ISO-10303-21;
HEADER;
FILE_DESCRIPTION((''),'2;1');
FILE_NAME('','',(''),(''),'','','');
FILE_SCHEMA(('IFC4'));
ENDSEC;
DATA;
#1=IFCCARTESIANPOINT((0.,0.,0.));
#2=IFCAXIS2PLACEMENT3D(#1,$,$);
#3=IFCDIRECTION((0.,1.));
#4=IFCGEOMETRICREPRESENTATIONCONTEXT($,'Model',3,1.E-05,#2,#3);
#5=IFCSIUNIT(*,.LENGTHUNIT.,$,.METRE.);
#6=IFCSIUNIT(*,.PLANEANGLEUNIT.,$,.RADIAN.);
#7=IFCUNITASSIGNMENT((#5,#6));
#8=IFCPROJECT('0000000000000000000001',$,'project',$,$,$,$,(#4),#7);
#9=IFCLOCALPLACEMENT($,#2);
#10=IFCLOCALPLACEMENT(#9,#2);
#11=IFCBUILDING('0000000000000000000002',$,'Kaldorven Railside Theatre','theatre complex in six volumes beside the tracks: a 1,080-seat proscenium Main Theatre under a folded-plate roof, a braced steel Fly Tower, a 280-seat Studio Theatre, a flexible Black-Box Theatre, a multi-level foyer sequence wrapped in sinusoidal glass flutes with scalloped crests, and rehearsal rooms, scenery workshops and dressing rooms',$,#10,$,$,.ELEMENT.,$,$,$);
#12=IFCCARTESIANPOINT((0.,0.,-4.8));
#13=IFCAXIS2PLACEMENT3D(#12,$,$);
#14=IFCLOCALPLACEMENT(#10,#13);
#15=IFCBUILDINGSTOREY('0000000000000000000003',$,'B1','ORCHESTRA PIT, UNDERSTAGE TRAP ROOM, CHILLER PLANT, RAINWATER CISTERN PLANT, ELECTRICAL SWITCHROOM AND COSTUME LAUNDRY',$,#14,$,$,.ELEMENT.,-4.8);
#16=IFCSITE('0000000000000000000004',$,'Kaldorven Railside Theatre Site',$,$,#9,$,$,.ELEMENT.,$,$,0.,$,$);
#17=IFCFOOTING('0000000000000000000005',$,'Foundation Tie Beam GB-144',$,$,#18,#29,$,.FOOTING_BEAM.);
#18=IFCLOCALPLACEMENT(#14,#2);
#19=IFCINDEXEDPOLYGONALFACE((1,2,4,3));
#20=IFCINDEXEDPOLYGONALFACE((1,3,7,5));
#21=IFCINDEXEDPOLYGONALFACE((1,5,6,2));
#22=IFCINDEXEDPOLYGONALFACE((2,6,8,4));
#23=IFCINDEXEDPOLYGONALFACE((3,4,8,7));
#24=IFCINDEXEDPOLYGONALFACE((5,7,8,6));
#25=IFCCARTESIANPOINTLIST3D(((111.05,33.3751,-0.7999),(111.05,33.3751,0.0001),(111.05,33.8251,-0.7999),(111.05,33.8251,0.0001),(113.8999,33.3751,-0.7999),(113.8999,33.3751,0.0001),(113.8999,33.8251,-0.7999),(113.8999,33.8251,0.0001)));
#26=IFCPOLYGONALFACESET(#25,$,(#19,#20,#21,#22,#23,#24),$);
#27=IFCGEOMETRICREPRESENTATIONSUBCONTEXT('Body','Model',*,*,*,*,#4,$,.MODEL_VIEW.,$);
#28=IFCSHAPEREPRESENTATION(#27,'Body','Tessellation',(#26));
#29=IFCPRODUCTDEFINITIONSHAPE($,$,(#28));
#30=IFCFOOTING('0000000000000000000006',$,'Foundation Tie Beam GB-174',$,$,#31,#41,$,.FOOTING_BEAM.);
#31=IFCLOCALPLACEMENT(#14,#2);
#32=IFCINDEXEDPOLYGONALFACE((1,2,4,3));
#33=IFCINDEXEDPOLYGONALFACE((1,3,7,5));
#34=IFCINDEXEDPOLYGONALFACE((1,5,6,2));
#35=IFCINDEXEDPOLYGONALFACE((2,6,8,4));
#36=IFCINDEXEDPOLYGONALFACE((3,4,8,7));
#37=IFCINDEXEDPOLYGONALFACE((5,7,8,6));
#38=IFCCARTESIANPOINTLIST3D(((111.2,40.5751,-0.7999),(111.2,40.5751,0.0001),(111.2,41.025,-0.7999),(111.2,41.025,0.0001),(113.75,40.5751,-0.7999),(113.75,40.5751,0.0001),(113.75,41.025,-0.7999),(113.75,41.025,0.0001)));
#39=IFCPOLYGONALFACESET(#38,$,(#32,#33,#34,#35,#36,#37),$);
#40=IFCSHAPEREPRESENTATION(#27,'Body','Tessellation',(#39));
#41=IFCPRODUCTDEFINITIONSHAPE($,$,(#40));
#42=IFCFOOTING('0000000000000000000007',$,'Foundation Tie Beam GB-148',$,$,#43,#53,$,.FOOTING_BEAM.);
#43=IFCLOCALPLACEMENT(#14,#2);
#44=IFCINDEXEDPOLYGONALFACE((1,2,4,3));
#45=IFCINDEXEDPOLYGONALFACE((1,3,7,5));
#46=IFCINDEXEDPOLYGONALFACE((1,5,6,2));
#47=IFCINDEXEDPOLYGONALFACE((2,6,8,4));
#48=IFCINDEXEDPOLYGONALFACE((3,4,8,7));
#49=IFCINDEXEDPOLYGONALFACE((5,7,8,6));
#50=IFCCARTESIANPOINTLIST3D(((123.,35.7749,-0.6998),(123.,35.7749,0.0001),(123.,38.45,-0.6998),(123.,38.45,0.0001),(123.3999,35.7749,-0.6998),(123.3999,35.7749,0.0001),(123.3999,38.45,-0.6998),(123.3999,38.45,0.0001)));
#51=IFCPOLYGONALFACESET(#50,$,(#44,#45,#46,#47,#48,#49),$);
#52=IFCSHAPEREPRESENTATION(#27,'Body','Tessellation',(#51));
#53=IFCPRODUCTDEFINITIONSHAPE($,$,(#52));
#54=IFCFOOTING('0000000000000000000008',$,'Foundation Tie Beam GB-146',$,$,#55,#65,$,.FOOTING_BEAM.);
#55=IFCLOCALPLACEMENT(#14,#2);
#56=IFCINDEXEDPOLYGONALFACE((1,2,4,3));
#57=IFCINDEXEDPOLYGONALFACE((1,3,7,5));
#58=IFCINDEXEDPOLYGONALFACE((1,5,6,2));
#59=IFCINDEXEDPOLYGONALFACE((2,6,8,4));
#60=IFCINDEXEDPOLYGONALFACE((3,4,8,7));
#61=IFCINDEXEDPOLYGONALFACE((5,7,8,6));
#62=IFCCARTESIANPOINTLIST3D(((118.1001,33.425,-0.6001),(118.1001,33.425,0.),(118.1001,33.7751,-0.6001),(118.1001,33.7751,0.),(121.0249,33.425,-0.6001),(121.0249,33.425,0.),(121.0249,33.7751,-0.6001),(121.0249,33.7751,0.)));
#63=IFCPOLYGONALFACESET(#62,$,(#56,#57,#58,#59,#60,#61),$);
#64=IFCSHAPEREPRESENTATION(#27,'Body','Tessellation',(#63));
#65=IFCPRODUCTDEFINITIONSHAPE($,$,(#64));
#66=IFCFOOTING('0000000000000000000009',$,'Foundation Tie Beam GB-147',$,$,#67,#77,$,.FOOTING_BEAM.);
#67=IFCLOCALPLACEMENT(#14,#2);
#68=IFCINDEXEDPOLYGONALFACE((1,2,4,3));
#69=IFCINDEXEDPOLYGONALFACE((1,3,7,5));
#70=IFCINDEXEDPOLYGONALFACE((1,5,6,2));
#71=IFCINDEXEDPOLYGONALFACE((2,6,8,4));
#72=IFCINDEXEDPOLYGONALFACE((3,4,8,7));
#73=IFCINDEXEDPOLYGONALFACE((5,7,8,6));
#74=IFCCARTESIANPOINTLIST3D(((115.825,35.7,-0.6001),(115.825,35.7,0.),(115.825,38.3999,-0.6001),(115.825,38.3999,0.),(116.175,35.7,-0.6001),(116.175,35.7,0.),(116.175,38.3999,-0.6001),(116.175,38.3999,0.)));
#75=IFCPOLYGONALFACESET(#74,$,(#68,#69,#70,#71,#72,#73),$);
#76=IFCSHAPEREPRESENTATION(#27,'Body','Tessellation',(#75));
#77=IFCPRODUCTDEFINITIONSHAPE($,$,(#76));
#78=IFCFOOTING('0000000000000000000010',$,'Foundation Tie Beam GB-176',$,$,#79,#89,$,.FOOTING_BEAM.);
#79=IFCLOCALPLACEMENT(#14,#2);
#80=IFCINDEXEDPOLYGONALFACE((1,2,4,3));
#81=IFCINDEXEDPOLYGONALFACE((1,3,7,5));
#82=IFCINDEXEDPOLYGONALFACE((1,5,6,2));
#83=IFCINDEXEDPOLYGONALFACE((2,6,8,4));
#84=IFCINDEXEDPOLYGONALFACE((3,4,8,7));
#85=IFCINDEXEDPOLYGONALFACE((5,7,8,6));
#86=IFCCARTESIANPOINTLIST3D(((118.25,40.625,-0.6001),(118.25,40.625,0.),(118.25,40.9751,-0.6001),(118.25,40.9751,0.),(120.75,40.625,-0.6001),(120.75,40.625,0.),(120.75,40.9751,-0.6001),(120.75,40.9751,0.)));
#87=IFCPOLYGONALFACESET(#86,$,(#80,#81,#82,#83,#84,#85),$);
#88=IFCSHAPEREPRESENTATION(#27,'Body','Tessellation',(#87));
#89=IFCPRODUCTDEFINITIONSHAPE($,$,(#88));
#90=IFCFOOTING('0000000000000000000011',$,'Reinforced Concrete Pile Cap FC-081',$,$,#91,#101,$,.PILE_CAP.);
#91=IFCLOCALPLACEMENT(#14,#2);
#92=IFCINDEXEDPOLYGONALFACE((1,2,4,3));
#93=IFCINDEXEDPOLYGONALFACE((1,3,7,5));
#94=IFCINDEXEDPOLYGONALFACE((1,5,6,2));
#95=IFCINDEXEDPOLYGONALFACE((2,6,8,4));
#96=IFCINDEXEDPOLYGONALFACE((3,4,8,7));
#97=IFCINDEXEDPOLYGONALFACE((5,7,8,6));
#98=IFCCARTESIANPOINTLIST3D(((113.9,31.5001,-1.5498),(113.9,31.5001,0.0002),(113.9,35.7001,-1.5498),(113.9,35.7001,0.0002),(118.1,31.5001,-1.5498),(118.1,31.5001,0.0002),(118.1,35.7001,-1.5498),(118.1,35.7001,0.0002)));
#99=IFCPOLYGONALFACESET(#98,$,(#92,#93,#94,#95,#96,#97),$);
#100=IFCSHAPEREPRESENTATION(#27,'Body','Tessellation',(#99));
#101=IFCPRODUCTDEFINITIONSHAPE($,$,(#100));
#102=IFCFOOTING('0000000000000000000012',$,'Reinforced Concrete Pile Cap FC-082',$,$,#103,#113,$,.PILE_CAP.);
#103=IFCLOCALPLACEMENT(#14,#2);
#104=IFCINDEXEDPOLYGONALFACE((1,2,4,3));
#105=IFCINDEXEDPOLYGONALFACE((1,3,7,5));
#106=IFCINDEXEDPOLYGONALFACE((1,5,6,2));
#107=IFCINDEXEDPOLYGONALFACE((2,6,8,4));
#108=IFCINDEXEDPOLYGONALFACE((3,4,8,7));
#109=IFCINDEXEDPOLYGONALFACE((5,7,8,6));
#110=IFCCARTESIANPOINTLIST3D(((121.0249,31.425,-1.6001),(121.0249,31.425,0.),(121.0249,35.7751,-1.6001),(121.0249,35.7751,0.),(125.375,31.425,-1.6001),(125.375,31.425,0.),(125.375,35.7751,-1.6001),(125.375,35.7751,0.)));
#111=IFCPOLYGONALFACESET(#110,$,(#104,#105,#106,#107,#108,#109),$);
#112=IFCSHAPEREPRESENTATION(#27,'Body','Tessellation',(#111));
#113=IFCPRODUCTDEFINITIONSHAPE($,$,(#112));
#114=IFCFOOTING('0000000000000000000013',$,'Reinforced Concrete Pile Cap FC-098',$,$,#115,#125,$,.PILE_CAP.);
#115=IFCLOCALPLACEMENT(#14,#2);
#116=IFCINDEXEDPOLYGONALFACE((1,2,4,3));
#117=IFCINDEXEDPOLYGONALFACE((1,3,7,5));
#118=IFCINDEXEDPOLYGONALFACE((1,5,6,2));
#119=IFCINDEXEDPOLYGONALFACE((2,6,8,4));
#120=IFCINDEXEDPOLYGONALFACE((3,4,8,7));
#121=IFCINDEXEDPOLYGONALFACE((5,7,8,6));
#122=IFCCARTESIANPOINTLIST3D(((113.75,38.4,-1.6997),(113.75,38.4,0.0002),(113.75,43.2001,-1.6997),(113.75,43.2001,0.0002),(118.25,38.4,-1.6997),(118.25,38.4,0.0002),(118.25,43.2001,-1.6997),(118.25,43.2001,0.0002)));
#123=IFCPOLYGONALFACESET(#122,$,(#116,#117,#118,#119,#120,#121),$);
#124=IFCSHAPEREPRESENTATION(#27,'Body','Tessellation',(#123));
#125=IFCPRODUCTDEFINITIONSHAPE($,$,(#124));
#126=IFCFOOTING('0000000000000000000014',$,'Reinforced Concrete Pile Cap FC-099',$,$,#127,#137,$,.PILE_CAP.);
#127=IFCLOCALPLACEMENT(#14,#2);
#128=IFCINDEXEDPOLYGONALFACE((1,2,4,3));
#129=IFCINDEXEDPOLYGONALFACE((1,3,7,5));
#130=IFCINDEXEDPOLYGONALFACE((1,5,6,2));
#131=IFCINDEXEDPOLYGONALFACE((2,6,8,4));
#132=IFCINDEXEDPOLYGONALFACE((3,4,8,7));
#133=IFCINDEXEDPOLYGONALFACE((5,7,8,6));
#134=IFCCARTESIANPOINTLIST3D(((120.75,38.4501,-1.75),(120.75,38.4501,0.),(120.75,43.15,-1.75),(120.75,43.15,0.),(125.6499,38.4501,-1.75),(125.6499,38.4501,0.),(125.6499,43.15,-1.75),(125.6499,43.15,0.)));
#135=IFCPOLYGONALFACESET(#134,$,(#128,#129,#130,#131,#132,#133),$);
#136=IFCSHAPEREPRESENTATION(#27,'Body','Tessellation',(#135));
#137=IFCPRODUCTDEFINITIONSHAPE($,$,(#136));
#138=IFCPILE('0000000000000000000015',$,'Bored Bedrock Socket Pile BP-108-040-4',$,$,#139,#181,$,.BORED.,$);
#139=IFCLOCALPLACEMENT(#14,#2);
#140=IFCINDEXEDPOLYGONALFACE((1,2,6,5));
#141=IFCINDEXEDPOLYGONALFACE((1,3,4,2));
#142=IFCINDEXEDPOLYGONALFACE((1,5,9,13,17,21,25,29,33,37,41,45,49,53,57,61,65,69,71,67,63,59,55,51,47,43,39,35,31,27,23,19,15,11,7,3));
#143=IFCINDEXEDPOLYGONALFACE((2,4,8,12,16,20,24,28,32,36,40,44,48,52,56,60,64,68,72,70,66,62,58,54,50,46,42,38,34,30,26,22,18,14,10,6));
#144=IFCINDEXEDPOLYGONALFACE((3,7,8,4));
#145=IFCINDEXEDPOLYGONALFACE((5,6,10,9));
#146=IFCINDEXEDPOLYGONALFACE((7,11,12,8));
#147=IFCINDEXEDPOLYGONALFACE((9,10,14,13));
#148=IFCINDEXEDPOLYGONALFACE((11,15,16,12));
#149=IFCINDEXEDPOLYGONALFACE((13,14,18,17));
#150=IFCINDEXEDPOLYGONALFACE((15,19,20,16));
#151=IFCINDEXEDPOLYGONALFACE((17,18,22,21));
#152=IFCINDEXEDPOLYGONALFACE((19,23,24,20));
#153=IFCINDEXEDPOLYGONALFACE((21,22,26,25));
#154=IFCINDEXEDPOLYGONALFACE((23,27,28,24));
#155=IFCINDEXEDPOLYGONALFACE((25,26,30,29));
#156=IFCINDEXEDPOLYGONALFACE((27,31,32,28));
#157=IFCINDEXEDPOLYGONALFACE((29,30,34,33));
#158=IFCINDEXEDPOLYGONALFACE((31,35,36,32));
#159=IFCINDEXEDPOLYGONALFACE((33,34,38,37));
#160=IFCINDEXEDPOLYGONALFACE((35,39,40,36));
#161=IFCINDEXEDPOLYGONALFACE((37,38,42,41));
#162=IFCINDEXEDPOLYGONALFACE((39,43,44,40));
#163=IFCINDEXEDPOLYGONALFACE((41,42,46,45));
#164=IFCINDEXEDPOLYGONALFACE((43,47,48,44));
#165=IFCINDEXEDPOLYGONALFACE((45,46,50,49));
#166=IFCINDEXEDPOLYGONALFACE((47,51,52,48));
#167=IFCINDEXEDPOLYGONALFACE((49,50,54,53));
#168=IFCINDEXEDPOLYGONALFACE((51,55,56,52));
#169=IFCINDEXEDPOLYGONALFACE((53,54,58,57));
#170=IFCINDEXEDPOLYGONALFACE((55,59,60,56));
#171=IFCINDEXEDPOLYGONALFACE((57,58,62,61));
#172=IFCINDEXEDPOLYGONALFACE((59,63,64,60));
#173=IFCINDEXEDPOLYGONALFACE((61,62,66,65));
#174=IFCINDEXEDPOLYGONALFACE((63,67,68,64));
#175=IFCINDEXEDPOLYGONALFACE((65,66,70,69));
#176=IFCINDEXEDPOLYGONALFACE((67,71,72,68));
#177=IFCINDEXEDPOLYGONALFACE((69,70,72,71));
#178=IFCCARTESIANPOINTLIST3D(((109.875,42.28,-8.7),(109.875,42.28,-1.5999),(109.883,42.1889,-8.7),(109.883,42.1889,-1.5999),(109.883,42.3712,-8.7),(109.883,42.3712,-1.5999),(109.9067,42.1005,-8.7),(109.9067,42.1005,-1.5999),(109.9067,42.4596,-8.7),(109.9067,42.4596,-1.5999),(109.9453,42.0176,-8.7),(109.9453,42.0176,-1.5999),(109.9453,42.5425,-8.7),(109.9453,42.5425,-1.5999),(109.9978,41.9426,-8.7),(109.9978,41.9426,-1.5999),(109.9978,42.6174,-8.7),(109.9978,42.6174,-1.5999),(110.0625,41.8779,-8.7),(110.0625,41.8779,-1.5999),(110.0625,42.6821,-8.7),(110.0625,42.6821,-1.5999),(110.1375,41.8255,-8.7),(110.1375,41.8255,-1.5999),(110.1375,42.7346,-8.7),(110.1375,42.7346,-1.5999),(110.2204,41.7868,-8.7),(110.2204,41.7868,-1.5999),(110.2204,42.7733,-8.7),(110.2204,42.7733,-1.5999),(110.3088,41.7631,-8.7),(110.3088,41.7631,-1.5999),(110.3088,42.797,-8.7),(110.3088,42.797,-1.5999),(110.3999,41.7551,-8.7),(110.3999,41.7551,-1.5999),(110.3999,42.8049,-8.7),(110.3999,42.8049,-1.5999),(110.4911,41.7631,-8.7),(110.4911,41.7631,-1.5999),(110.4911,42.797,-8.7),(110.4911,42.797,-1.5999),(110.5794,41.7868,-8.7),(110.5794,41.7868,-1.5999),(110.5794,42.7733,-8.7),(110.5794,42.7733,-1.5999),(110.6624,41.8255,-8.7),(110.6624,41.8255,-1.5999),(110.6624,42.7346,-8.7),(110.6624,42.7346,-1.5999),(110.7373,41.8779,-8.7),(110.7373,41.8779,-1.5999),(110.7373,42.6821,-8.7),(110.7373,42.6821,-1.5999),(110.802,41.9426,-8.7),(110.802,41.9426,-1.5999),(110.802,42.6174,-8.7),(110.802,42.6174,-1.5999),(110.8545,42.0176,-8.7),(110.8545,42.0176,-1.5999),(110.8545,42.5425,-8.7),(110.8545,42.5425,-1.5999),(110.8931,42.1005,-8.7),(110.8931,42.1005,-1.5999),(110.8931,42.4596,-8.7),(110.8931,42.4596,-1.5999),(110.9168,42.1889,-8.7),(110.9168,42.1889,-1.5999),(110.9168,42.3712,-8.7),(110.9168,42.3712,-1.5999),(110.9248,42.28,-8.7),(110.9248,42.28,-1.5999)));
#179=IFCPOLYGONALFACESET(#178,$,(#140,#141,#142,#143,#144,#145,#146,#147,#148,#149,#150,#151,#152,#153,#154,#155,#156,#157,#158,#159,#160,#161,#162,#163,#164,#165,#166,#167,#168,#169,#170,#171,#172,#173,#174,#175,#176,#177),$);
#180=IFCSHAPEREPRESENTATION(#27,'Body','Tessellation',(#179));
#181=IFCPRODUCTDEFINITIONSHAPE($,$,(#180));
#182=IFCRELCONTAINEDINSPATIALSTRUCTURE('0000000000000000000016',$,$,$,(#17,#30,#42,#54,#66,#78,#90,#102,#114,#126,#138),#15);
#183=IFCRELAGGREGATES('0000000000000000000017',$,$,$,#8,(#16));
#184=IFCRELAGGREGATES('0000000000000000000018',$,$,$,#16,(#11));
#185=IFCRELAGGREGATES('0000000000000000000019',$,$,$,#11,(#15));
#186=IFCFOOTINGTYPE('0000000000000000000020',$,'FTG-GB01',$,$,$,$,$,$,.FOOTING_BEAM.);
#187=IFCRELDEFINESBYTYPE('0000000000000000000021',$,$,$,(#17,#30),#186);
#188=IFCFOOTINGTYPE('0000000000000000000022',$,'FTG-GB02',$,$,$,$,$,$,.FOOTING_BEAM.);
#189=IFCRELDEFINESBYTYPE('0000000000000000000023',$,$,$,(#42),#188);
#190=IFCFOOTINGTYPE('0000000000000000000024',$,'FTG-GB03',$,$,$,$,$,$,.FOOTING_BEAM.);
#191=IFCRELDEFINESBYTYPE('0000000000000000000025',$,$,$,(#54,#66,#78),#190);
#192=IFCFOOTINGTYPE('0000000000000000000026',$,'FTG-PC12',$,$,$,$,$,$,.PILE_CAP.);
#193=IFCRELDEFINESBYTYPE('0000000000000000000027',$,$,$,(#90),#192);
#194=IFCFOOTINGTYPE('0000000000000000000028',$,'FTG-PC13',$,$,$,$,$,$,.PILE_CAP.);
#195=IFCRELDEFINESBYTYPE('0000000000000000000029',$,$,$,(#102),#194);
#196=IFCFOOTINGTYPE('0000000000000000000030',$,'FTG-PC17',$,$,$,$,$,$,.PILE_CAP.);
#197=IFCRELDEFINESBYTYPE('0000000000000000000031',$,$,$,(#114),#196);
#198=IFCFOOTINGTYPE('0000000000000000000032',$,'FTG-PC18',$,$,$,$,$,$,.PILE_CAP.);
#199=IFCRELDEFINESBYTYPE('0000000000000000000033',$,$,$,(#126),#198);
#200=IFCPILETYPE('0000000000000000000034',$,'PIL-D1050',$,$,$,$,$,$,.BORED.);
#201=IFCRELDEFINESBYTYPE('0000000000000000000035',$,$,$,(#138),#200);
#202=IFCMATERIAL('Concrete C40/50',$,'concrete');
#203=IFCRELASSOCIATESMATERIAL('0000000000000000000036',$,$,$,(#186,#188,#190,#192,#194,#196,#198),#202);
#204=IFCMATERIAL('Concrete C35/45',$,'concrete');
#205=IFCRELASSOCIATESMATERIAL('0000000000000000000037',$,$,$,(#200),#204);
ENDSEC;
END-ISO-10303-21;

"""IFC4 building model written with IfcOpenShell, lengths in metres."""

from ifc_helpers import new_model, si_unit, direction, frame, origin, origin_2d, place, context, subcontext, project, spatial, rectangle, circle, extrude, material, material_profile, profile_set, type_object, element, save


model = new_model("IFC4")

# Units and contexts
model_context = context("Model", 3, precision=1e-05, world=origin(), true_north=direction((0.0, 1.0)))
body_context = subcontext(model_context, "Body", "Model", "MODEL_VIEW")
ifc_project = project(units=[si_unit("LENGTHUNIT", "METRE"), si_unit("PLANEANGLEUNIT", "RADIAN")], contexts=[model_context])

# Site, building, storey
site_placement = place(None, origin())
site = spatial("IfcSite", under=ifc_project, at=site_placement, Name="Kaldorven Railside Theatre Site", CompositionType="ELEMENT", RefElevation=0.0)
building_placement = place(site_placement, origin())
building = spatial("IfcBuilding", under=site, at=building_placement, Name="Kaldorven Railside Theatre", Description="theatre complex in six volumes beside the tracks: a 1,080-seat proscenium Main Theatre under a folded-plate roof, a braced steel Fly Tower, a 280-seat Studio Theatre, a flexible Black-Box Theatre, a multi-level foyer sequence wrapped in sinusoidal glass flutes with scalloped crests, and rehearsal rooms, scenery workshops and dressing rooms", CompositionType="ELEMENT")
storey_placement = place(building_placement, frame((0.0, 0.0, -4.8)))
storey = spatial("IfcBuildingStorey", under=building, at=storey_placement, Name="B1", Description="ORCHESTRA PIT, UNDERSTAGE TRAP ROOM, CHILLER PLANT, RAINWATER CISTERN PLANT, ELECTRICAL SWITCHROOM AND COSTUME LAUNDRY", CompositionType="ELEMENT", Elevation=-4.8)

# Footings
ifc_material_1 = material(Name="Concrete C40/50", Category="concrete")
ifc_material_profile_1 = material_profile(ifc_material_1, rectangle(XDim=0.45, YDim=0.8, at=origin_2d()), Name="RC 450x800")
ifc_profile_set_1 = profile_set([ifc_material_profile_1], Name="Concrete C40/50")
footing_type_1 = type_object("IfcFootingType", Name="FTG-GB01", PredefinedType="FOOTING_BEAM", material=ifc_profile_set_1)
footing_1_placement = place(storey_placement, frame((111.05, 33.6001, -0.3999), z_axis=(1.0, 0.0, 0.0), x_axis=(0.0, 1.0, 0.0)))
element("IfcFooting", 1, at=footing_1_placement, inside=storey, type_object=footing_type_1, Name="Foundation Tie Beam GB-144", PredefinedType="FOOTING_BEAM", context=body_context, shape_type="SweptSolid", body=[
    extrude(rectangle(XDim=0.45, YDim=0.8, at=origin_2d()), origin(), (0.0, 0.0, 1.0), 2.8499),
])
footing_2_placement = place(storey_placement, frame((111.2, 40.8, -0.3999), z_axis=(1.0, 0.0, 0.0), x_axis=(0.0, 1.0, 0.0)))
element("IfcFooting", 2, at=footing_2_placement, inside=storey, type_object=footing_type_1, Name="Foundation Tie Beam GB-174", PredefinedType="FOOTING_BEAM", context=body_context, shape_type="SweptSolid", body=[
    extrude(rectangle(XDim=0.45, YDim=0.8, at=origin_2d()), origin(), (0.0, 0.0, 1.0), 2.55),
])
ifc_material_profile_2 = material_profile(ifc_material_1, rectangle(XDim=0.3999, YDim=0.7, at=origin_2d()), Name="RC 400x700")
ifc_profile_set_2 = profile_set([ifc_material_profile_2], Name="Concrete C40/50")
footing_type_2 = type_object("IfcFootingType", Name="FTG-GB02", PredefinedType="FOOTING_BEAM", material=ifc_profile_set_2)
footing_3_placement = place(storey_placement, frame((123.2, 35.7749, -0.3499), z_axis=(0.0, 1.0, 0.0), x_axis=(-1.0, 0.0, 0.0)))
element("IfcFooting", 3, at=footing_3_placement, inside=storey, type_object=footing_type_2, Name="Foundation Tie Beam GB-148", PredefinedType="FOOTING_BEAM", context=body_context, shape_type="SweptSolid", body=[
    extrude(rectangle(XDim=0.3999, YDim=0.7, at=origin_2d()), origin(), (0.0, 0.0, 1.0), 2.675),
])
ifc_material_profile_3 = material_profile(ifc_material_1, rectangle(XDim=0.3501, YDim=0.6001, at=origin_2d()), Name="RC 350x600")
ifc_profile_set_3 = profile_set([ifc_material_profile_3], Name="Concrete C40/50")
footing_type_3 = type_object("IfcFootingType", Name="FTG-GB03", PredefinedType="FOOTING_BEAM", material=ifc_profile_set_3)
footing_4_placement = place(storey_placement, frame((118.1001, 33.6001, -0.3), z_axis=(1.0, 0.0, 0.0), x_axis=(0.0, 1.0, 0.0)))
element("IfcFooting", 4, at=footing_4_placement, inside=storey, type_object=footing_type_3, Name="Foundation Tie Beam GB-146", PredefinedType="FOOTING_BEAM", context=body_context, shape_type="SweptSolid", body=[
    extrude(rectangle(XDim=0.3501, YDim=0.6001, at=origin_2d()), origin(), (0.0, 0.0, 1.0), 2.9248),
])
footing_5_placement = place(storey_placement, frame((116.0, 35.7, -0.3), z_axis=(0.0, 1.0, 0.0), x_axis=(-1.0, 0.0, 0.0)))
element("IfcFooting", 5, at=footing_5_placement, inside=storey, type_object=footing_type_3, Name="Foundation Tie Beam GB-147", PredefinedType="FOOTING_BEAM", context=body_context, shape_type="SweptSolid", body=[
    extrude(rectangle(XDim=0.3501, YDim=0.6001, at=origin_2d()), origin(), (0.0, 0.0, 1.0), 2.7),
])
footing_6_placement = place(storey_placement, frame((118.25, 40.8, -0.3), z_axis=(1.0, 0.0, 0.0), x_axis=(0.0, 1.0, 0.0)))
element("IfcFooting", 6, at=footing_6_placement, inside=storey, type_object=footing_type_3, Name="Foundation Tie Beam GB-176", PredefinedType="FOOTING_BEAM", context=body_context, shape_type="SweptSolid", body=[
    extrude(rectangle(XDim=0.3501, YDim=0.6001, at=origin_2d()), origin(), (0.0, 0.0, 1.0), 2.5),
])
footing_type_4 = type_object("IfcFootingType", Name="FTG-PC12", PredefinedType="PILE_CAP", material=ifc_material_1)
footing_7_placement = place(storey_placement, frame((116.0, 33.6001, -1.5498), z_axis=(0.0, 0.0, 1.0), x_axis=(1.0, 0.0, 0.0)))
element("IfcFooting", 7, at=footing_7_placement, inside=storey, type_object=footing_type_4, Name="Reinforced Concrete Pile Cap FC-081", PredefinedType="PILE_CAP", context=body_context, shape_type="SweptSolid", body=[
    extrude(rectangle(XDim=4.2, YDim=4.2, at=origin_2d()), origin(), (0.0, 0.0, 1.0), 1.55),
])
footing_type_5 = type_object("IfcFootingType", Name="FTG-PC13", PredefinedType="PILE_CAP", material=ifc_material_1)
footing_8_placement = place(storey_placement, frame((123.2, 33.6001, -1.6001), z_axis=(0.0, 0.0, 1.0), x_axis=(1.0, 0.0, 0.0)))
element("IfcFooting", 8, at=footing_8_placement, inside=storey, type_object=footing_type_5, Name="Reinforced Concrete Pile Cap FC-082", PredefinedType="PILE_CAP", context=body_context, shape_type="SweptSolid", body=[
    extrude(rectangle(XDim=4.3501, YDim=4.3501, at=origin_2d()), origin(), (0.0, 0.0, 1.0), 1.6001),
])
footing_type_6 = type_object("IfcFootingType", Name="FTG-PC17", PredefinedType="PILE_CAP", material=ifc_material_1)
footing_9_placement = place(storey_placement, frame((116.0, 40.8, -1.6997), z_axis=(0.0, 0.0, 1.0), x_axis=(1.0, 0.0, 0.0)))
element("IfcFooting", 9, at=footing_9_placement, inside=storey, type_object=footing_type_6, Name="Reinforced Concrete Pile Cap FC-098", PredefinedType="PILE_CAP", context=body_context, shape_type="SweptSolid", body=[
    extrude(rectangle(XDim=4.5, YDim=4.8, at=origin_2d()), origin(), (0.0, 0.0, 1.0), 1.7),
])
footing_type_7 = type_object("IfcFootingType", Name="FTG-PC18", PredefinedType="PILE_CAP", material=ifc_material_1)
footing_10_placement = place(storey_placement, frame((123.2, 40.8, -1.75), z_axis=(0.0, 0.0, 1.0), x_axis=(1.0, 0.0, 0.0)))
element("IfcFooting", 10, at=footing_10_placement, inside=storey, type_object=footing_type_7, Name="Reinforced Concrete Pile Cap FC-099", PredefinedType="PILE_CAP", context=body_context, shape_type="SweptSolid", body=[
    extrude(rectangle(XDim=4.8999, YDim=4.7, at=origin_2d()), origin(), (0.0, 0.0, 1.0), 1.75),
])

# Pile
ifc_material_2 = material(Name="Concrete C35/45", Category="concrete")
ifc_material_profile_4 = material_profile(ifc_material_2, circle(Radius=0.5249, at=origin_2d()), Name="BP D1050")
ifc_profile_set_4 = profile_set([ifc_material_profile_4], Name="Concrete C35/45")
pile_type_1 = type_object("IfcPileType", Name="PIL-D1050", PredefinedType="BORED", material=ifc_profile_set_4)
for number, where, z_axis, x_axis, name in (
    (11, (110.3999, 42.28, -1.5999), (0.0, 0.0, -1.0), (1.0, 0.0, 0.0), "Bored Bedrock Socket Pile BP-108-040-4"),
):
    element("IfcPile", number, at=place(storey_placement, frame(where, z_axis=z_axis, x_axis=x_axis)), inside=storey, type_object=pile_type_1, Name=name, PredefinedType="BORED", context=body_context, shape_type="SweptSolid", body=[
        extrude(circle(Radius=0.5249, at=origin_2d()), origin(), (0.0, 0.0, 1.0), 7.1001),
    ])

save(model, "model.ifc")
